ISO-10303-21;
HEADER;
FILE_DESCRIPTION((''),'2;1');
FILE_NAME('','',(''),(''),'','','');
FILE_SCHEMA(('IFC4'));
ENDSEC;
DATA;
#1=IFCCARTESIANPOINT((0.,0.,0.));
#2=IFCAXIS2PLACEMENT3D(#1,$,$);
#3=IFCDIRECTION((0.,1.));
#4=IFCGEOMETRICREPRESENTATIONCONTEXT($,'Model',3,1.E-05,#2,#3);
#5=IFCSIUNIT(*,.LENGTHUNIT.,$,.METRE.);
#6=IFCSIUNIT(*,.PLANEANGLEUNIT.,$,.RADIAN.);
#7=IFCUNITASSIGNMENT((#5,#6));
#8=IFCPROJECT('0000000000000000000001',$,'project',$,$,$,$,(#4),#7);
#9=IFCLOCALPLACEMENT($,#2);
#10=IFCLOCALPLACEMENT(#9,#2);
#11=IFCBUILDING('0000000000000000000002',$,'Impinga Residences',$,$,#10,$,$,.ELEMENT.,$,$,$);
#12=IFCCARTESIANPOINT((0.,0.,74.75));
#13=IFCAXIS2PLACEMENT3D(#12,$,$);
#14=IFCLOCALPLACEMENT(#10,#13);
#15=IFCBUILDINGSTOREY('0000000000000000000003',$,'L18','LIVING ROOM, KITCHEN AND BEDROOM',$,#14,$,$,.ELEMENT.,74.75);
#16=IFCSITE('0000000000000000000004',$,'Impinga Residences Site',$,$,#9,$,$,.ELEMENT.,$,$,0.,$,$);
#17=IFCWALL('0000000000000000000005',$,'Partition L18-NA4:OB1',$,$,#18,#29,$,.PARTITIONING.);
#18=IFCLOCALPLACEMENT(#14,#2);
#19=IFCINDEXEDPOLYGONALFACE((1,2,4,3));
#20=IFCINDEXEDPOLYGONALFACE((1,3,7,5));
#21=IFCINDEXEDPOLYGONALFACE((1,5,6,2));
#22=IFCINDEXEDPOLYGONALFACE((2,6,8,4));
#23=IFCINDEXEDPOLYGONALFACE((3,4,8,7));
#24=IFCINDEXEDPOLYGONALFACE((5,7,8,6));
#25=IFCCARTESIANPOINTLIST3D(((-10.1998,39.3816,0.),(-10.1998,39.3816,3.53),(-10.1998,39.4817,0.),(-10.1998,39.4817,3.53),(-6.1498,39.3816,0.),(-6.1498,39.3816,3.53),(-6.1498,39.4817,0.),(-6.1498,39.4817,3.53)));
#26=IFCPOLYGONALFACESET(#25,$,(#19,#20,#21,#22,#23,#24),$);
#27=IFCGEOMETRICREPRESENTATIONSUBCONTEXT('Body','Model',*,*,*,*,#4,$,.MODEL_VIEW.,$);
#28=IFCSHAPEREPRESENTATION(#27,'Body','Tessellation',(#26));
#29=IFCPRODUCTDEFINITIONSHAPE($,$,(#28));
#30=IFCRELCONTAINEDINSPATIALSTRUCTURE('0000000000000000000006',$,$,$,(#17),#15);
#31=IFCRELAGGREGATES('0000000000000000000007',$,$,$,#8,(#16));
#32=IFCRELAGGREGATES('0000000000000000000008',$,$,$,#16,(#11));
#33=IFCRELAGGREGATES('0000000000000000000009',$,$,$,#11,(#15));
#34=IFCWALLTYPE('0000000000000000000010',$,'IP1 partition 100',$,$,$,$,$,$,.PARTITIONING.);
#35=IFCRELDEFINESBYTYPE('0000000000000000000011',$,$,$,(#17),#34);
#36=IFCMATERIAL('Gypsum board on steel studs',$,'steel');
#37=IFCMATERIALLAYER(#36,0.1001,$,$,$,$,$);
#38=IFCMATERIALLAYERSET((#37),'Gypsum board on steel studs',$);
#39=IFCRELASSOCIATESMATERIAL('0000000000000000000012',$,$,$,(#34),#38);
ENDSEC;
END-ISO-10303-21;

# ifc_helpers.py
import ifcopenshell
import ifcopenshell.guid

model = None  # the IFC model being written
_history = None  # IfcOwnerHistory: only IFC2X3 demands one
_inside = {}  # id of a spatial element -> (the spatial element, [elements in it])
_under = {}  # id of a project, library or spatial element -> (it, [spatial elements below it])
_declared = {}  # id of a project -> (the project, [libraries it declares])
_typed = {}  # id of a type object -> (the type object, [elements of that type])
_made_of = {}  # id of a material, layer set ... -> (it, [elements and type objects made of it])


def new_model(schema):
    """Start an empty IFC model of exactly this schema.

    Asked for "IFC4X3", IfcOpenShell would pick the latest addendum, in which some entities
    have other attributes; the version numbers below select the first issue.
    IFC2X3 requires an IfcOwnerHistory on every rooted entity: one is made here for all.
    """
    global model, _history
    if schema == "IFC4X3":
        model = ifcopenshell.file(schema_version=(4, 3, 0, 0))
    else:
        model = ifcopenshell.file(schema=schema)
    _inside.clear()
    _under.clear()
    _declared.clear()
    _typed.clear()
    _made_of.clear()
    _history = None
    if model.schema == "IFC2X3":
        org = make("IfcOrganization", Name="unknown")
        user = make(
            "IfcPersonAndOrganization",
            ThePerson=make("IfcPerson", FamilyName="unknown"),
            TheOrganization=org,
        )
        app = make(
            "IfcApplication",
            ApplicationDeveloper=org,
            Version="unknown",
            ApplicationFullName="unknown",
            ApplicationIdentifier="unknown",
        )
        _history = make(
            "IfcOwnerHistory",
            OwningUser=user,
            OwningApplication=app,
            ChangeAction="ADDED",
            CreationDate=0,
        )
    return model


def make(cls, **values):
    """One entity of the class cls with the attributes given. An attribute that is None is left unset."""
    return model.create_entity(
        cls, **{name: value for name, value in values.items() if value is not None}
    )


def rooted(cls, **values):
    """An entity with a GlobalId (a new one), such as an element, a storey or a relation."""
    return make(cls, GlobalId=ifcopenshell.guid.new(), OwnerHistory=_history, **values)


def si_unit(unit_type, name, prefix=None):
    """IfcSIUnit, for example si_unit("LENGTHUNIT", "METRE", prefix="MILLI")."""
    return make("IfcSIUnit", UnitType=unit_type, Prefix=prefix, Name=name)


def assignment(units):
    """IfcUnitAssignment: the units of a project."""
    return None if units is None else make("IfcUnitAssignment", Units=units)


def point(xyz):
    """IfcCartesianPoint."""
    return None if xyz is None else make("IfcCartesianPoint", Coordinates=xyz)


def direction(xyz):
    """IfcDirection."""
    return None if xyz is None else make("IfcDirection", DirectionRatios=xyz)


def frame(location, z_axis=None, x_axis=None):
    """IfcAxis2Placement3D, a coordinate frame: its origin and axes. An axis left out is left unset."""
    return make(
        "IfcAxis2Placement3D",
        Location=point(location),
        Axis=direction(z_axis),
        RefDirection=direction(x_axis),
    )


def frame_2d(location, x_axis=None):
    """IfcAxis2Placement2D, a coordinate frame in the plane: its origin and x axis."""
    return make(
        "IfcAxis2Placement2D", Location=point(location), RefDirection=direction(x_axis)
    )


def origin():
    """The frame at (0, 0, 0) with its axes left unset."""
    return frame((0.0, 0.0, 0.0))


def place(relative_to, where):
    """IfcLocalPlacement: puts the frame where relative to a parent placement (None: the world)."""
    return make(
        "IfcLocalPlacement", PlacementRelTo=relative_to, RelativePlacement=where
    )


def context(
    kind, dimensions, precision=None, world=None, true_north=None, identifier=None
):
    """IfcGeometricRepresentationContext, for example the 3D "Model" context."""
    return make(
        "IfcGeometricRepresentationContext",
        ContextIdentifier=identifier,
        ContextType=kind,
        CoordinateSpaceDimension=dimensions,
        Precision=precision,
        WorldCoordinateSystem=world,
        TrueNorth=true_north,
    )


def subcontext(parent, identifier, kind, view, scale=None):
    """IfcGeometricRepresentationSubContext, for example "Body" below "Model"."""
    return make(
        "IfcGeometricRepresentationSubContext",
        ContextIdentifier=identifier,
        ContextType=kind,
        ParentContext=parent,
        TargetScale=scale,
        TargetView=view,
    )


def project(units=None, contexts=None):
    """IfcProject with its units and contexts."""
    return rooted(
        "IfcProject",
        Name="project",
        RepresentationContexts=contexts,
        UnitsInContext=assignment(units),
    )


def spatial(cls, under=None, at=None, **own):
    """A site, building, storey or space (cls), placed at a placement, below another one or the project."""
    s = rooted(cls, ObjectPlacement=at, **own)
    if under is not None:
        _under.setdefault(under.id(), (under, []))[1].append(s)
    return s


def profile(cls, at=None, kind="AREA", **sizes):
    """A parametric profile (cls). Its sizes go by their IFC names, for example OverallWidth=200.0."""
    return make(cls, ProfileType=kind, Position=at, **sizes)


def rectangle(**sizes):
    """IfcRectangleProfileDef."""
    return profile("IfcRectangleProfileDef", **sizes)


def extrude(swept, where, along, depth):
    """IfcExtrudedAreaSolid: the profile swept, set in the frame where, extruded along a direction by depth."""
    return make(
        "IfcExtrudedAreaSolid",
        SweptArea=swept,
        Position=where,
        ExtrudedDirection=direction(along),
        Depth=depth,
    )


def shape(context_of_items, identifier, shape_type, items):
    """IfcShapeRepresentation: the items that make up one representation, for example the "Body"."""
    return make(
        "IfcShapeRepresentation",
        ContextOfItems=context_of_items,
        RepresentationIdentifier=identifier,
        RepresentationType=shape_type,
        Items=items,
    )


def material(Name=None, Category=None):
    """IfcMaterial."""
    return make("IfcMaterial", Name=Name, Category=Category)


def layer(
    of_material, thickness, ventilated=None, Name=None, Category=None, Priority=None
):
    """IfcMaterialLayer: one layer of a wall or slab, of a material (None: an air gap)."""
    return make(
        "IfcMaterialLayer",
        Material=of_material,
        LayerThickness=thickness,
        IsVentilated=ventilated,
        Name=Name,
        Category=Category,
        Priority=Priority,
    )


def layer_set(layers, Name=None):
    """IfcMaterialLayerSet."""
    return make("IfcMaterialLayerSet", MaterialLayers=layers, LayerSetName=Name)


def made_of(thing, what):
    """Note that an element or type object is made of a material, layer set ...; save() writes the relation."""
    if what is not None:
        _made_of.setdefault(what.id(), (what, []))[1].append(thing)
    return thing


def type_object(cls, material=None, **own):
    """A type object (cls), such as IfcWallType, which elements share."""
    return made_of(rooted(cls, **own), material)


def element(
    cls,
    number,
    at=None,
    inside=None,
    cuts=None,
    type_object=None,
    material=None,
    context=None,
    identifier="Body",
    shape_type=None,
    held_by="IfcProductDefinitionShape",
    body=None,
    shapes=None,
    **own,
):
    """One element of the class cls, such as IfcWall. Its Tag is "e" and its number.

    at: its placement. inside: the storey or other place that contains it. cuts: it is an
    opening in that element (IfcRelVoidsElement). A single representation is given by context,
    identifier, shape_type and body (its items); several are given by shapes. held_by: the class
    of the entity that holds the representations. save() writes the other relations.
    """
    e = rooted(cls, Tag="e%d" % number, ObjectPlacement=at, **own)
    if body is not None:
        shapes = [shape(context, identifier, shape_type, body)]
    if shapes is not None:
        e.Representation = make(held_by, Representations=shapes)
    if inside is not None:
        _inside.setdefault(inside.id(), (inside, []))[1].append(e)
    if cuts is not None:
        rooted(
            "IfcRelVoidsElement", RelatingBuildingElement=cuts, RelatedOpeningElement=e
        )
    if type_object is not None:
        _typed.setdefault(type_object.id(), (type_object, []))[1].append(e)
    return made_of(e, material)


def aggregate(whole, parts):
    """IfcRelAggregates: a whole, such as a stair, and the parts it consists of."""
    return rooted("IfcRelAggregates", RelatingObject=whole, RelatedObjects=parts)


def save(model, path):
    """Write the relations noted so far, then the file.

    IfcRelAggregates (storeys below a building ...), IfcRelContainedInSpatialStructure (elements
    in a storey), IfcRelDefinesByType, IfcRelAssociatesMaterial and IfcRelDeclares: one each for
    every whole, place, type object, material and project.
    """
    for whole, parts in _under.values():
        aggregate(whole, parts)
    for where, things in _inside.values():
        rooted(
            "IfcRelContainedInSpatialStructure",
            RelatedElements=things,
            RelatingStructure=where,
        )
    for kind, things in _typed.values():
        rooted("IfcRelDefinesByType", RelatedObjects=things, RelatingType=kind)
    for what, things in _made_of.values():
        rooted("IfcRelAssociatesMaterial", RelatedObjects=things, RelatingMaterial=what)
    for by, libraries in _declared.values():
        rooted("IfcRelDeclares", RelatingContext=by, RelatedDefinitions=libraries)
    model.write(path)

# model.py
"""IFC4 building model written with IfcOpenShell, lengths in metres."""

from ifc_helpers import new_model, si_unit, direction, frame, frame_2d, origin, place, context, subcontext, project, spatial, rectangle, extrude, material, layer, layer_set, type_object, element, save


model = new_model("IFC4")

# Units and contexts
model_context = context("Model", 3, precision=1e-05, world=origin(), true_north=direction((0.0, 1.0)))
body_context = subcontext(model_context, "Body", "Model", "MODEL_VIEW")
ifc_project = project(units=[si_unit("LENGTHUNIT", "METRE"), si_unit("PLANEANGLEUNIT", "RADIAN")], contexts=[model_context])

# Site, building, storey
site_placement = place(None, origin())
site = spatial("IfcSite", under=ifc_project, at=site_placement, Name="Impinga Residences Site", CompositionType="ELEMENT", RefElevation=0.0)
building_placement = place(site_placement, origin())
building = spatial("IfcBuilding", under=site, at=building_placement, Name="Impinga Residences", CompositionType="ELEMENT")
storey_placement = place(building_placement, frame((0.0, 0.0, 74.75)))
storey = spatial("IfcBuildingStorey", under=building, at=storey_placement, Name="L18", Description="LIVING ROOM, KITCHEN AND BEDROOM", CompositionType="ELEMENT", Elevation=74.75)

# Shared definitions
ifc_material_1 = material(Name="Gypsum board on steel studs", Category="steel")
ifc_layer_1 = layer(ifc_material_1, 0.1001)
ifc_layer_set_1 = layer_set([ifc_layer_1], Name="Gypsum board on steel studs")
wall_type_1 = type_object("IfcWallType", Name="IP1 partition 100", PredefinedType="PARTITIONING", material=ifc_layer_set_1)

# Wall
wall_1_placement = place(storey_placement, frame((-6.1499, 39.4316, 0.0), z_axis=(0.0, 0.0, 1.0), x_axis=(-1.0, 0.0, 0.0)))
element("IfcWall", 1, at=wall_1_placement, inside=storey, type_object=wall_type_1, Name="Partition L18-NA4:OB1", PredefinedType="PARTITIONING", context=body_context, shape_type="SweptSolid", body=[
    extrude(rectangle(XDim=4.05, YDim=0.1001, at=frame_2d((2.0249, 0.0))), origin(), (0.0, 0.0, 1.0), 3.53),
])

save(model, "model.ifc")
